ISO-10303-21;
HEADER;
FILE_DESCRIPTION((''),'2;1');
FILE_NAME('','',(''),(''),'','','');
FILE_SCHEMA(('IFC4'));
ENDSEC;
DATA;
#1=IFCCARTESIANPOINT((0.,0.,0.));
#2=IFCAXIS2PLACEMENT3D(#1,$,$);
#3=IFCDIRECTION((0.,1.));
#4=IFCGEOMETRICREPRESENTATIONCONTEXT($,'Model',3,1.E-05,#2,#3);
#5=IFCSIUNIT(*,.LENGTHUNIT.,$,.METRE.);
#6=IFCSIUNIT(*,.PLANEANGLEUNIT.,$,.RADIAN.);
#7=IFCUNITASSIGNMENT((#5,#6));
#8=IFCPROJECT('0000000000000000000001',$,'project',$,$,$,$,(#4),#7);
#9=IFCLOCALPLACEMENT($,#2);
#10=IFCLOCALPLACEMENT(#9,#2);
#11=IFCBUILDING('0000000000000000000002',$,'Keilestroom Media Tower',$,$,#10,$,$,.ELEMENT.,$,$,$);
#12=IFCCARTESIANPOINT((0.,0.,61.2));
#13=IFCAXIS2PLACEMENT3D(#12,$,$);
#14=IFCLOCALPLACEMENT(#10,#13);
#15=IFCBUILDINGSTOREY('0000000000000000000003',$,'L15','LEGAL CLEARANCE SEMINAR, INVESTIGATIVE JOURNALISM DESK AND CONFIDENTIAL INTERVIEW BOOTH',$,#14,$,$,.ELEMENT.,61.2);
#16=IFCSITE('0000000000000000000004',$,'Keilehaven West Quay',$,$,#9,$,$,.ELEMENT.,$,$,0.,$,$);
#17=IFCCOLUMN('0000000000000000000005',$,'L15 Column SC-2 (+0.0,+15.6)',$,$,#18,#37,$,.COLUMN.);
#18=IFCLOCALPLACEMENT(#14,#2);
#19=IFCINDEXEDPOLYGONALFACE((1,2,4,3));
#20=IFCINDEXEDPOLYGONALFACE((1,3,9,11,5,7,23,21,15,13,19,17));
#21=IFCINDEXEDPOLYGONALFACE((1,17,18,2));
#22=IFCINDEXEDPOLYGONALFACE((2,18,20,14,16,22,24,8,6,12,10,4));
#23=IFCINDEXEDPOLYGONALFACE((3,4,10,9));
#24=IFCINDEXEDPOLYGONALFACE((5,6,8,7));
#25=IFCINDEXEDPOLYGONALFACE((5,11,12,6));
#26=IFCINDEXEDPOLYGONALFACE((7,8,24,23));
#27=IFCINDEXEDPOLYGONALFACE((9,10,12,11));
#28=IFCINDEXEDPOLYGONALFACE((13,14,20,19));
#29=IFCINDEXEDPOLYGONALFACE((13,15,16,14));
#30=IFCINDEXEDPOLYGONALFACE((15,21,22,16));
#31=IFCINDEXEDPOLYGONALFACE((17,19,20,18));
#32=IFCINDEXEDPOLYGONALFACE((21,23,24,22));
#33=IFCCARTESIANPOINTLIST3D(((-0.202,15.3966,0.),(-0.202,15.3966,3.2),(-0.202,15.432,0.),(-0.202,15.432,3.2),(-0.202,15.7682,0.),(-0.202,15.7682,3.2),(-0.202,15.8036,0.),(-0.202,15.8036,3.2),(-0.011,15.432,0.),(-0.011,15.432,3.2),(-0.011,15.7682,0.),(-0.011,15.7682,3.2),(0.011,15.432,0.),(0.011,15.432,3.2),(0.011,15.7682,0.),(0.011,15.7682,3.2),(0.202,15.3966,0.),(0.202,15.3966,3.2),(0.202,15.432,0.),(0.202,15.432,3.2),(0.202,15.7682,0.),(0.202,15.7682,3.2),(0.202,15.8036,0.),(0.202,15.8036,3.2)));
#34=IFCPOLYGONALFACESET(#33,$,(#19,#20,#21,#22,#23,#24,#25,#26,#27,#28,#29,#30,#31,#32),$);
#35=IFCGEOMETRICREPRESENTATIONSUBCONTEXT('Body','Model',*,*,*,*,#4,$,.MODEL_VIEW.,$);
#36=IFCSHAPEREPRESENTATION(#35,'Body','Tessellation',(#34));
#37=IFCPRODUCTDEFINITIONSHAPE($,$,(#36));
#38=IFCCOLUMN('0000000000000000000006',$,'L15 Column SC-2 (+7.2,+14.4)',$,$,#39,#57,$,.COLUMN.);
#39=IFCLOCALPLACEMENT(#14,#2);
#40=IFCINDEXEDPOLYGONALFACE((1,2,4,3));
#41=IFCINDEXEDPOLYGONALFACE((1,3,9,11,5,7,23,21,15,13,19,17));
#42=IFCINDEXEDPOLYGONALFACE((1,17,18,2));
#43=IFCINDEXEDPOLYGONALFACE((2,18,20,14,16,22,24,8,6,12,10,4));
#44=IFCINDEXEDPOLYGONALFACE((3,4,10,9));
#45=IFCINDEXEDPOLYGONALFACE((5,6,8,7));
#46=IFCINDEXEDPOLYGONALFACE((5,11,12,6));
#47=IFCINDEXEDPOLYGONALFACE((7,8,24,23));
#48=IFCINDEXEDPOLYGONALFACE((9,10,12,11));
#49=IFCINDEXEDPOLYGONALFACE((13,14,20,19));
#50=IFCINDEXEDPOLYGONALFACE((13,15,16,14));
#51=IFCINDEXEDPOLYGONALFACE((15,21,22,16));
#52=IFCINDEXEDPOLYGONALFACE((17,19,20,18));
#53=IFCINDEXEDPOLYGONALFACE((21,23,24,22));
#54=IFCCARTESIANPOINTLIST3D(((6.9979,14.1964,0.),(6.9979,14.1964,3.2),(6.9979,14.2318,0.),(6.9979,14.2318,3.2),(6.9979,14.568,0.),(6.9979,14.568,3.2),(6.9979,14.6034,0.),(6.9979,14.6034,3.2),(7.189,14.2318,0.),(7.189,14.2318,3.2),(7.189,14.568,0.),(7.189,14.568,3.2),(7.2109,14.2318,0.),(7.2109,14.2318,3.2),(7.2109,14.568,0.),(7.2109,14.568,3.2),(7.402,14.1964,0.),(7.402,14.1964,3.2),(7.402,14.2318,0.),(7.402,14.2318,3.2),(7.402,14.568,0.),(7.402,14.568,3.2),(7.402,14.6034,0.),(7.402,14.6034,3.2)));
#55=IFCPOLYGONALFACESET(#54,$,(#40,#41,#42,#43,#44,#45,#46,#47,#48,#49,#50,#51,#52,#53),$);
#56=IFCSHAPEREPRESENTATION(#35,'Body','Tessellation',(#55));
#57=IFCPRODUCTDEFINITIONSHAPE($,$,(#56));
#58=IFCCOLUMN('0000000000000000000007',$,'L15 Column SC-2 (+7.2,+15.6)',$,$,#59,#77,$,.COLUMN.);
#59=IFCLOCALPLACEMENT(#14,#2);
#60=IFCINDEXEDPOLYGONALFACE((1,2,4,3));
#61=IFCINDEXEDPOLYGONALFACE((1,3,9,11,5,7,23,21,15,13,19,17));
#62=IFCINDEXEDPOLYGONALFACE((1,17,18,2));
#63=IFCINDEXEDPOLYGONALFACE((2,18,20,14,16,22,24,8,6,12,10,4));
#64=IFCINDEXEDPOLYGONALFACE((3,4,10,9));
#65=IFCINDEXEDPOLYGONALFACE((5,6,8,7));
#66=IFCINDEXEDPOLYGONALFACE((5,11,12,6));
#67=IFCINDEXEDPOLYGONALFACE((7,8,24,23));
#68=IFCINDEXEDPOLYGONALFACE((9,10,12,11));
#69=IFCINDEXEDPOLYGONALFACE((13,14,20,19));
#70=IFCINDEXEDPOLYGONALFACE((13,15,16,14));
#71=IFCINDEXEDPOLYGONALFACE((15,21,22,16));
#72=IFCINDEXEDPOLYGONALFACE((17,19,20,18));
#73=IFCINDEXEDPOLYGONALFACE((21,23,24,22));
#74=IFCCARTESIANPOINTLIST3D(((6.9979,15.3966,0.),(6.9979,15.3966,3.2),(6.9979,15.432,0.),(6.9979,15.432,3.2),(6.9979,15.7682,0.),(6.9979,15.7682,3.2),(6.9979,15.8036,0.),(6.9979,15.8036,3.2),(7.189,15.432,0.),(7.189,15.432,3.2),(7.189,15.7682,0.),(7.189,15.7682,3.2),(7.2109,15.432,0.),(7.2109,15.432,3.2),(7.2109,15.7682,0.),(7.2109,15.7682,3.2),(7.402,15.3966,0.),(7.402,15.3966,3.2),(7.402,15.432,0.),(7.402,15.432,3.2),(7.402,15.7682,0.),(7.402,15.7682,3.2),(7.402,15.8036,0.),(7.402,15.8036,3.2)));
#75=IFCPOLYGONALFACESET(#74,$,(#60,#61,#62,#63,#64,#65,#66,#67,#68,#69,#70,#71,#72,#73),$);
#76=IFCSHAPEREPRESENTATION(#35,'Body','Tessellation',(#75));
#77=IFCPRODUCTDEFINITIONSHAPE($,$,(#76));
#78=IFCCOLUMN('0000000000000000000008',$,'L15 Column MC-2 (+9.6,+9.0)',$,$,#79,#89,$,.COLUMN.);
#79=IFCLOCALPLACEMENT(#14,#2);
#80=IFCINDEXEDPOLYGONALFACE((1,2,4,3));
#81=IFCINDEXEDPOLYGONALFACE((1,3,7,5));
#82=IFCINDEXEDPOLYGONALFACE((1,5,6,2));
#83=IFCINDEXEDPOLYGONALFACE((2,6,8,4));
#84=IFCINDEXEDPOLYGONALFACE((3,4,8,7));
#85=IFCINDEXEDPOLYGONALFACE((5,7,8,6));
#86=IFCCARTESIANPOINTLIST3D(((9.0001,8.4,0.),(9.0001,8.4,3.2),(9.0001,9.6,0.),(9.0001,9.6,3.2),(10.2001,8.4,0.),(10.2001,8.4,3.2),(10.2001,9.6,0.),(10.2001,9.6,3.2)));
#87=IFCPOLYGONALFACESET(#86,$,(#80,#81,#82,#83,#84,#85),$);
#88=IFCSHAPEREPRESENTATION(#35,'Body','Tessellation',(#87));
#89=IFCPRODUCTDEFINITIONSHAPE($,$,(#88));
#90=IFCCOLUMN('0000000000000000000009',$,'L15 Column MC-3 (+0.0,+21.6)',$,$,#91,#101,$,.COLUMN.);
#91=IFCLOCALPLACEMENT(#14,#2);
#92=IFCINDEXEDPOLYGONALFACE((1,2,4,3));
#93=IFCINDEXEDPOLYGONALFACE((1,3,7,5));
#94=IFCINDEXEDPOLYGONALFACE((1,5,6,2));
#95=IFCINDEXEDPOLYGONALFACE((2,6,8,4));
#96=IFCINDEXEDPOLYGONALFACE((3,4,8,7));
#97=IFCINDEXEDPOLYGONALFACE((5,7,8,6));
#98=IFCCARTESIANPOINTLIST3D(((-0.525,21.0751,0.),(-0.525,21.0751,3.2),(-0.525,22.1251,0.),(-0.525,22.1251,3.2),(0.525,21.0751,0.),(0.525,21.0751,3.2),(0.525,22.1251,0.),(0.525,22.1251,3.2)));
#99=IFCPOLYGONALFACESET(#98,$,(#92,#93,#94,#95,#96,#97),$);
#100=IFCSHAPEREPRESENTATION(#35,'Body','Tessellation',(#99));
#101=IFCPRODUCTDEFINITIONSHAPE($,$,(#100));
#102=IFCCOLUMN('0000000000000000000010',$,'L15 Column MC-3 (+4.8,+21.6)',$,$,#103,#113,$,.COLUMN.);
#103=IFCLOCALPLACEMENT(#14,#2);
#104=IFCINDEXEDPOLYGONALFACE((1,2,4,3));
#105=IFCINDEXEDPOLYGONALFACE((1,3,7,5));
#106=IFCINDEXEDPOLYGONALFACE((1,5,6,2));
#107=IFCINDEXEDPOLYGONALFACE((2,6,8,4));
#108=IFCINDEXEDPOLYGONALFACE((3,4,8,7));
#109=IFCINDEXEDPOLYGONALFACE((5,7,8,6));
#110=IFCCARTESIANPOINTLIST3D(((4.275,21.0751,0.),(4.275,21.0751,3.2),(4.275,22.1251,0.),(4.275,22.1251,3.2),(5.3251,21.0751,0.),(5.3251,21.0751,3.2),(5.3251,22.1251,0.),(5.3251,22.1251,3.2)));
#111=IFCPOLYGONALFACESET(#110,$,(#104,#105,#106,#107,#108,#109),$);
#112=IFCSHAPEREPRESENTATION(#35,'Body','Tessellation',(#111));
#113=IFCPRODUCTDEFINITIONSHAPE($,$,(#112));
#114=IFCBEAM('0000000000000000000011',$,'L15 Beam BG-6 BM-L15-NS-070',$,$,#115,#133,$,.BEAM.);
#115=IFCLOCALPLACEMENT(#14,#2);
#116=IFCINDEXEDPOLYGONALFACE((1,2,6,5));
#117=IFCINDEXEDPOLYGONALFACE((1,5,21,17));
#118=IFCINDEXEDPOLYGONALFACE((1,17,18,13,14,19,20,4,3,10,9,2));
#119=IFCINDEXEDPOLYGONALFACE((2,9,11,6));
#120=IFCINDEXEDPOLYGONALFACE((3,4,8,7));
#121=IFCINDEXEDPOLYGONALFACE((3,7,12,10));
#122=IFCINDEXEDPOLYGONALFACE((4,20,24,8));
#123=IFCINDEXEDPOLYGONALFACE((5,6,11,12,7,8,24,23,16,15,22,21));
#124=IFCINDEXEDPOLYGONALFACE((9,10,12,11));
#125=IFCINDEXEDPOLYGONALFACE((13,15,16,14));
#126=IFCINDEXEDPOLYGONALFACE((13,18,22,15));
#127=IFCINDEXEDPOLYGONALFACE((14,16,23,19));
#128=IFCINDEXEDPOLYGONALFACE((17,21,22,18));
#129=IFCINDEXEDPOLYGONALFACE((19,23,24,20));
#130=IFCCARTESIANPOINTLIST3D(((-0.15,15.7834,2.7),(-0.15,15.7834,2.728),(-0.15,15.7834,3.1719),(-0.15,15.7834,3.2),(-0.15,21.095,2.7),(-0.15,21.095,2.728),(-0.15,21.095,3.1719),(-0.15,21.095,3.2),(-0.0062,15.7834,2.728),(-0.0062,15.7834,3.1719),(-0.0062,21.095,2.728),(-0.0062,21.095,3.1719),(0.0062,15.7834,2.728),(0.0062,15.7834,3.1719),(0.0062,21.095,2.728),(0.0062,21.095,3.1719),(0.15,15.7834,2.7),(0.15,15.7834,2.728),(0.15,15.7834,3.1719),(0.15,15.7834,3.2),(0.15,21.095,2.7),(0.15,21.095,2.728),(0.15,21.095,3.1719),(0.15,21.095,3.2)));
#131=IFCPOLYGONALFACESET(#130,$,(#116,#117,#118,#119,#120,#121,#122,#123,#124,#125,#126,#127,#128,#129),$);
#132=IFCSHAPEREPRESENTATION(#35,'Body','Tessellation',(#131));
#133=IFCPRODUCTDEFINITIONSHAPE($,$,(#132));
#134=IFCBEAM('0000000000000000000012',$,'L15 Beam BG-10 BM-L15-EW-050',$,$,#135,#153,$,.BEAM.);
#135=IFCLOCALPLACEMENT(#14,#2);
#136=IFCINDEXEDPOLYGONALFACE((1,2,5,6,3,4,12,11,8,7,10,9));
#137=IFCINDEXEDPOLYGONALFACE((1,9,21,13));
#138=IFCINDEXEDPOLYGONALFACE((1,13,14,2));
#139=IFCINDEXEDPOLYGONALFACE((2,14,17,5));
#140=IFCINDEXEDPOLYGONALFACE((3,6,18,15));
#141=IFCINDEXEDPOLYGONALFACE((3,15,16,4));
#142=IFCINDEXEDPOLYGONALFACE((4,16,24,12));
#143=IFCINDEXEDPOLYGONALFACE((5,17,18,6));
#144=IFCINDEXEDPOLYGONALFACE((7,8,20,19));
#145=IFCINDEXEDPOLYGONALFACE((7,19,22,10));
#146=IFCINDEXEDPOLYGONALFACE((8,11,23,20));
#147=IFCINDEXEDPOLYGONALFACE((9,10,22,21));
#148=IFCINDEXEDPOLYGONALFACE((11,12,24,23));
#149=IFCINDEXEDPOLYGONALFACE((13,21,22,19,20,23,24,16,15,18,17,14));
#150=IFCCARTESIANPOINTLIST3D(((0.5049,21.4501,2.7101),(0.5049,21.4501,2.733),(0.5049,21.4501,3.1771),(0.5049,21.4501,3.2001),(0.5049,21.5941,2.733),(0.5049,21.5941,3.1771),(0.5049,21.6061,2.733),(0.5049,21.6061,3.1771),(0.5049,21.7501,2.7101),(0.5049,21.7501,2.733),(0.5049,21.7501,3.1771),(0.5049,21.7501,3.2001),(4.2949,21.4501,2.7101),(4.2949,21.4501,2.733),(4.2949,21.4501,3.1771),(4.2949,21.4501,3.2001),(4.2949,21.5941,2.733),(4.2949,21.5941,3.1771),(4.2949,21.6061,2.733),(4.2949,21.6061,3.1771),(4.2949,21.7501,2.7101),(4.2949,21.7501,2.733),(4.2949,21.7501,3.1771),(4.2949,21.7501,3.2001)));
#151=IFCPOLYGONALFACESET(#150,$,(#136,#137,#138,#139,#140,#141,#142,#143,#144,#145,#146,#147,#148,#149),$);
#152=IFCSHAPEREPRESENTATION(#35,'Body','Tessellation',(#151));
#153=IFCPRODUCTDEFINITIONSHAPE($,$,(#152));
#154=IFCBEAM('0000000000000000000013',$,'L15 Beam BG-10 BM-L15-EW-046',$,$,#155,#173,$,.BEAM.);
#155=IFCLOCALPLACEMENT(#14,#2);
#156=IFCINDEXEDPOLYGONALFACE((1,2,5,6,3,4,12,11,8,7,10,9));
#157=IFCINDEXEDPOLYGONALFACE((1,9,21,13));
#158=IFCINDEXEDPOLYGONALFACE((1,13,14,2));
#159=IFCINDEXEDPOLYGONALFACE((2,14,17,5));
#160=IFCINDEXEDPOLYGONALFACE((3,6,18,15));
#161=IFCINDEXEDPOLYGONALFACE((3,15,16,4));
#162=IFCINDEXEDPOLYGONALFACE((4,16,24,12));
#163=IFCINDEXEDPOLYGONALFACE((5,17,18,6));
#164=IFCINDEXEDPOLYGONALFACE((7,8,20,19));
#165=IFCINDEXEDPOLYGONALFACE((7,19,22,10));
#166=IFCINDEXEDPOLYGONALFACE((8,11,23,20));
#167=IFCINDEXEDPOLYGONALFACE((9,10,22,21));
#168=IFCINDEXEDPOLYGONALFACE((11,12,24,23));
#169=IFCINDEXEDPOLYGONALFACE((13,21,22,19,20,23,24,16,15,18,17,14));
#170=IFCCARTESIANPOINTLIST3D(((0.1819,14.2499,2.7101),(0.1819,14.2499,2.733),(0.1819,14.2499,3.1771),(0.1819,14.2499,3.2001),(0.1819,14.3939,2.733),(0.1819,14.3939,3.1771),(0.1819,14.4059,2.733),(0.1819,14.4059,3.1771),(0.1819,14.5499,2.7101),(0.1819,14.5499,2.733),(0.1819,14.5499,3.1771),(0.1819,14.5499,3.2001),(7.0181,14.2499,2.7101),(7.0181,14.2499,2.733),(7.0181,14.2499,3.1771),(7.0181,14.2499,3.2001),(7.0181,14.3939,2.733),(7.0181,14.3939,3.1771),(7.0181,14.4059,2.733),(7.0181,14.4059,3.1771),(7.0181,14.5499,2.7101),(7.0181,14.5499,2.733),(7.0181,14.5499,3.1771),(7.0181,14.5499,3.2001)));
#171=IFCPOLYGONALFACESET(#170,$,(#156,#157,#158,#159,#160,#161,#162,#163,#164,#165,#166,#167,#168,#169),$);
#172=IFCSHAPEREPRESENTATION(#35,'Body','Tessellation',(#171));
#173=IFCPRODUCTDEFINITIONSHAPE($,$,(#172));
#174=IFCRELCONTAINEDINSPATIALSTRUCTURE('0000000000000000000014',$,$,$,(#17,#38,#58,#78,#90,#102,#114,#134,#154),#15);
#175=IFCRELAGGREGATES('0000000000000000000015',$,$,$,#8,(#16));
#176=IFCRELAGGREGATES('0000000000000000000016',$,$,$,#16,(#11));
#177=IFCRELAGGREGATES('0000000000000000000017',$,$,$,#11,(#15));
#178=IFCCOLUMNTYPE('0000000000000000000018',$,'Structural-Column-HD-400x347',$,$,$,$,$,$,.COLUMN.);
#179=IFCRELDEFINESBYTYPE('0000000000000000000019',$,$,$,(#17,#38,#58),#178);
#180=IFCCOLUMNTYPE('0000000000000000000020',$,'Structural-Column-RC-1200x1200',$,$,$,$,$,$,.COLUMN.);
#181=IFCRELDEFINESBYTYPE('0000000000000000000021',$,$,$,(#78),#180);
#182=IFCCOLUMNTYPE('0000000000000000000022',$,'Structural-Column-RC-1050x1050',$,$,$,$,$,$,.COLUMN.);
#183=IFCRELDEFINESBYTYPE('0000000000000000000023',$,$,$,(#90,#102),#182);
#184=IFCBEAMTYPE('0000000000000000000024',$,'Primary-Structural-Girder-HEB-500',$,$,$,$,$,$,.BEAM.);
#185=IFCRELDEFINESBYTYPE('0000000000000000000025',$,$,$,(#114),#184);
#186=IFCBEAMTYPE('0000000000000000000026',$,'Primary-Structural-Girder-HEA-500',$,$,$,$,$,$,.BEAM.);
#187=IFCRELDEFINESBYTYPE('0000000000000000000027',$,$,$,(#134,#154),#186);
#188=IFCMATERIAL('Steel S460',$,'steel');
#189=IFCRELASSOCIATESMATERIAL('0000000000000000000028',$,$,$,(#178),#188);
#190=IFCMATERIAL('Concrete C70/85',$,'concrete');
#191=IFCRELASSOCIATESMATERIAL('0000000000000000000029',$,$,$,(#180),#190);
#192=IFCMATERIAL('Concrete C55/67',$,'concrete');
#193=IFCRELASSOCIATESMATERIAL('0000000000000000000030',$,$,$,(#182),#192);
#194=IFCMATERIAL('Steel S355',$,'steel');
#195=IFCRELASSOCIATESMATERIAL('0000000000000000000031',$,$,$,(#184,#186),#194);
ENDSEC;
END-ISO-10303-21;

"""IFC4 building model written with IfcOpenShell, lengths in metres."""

from ifc_helpers import new_model, si_unit, direction, frame, origin, origin_2d, place, context, subcontext, project, spatial, rectangle, i_section, extrude, source, transform, mapped, material, material_profile, profile_set, type_object, element, save


model = new_model("IFC4")

# Units and contexts
model_context = context("Model", 3, precision=1e-05, world=origin(), true_north=direction((0.0, 1.0)))
body_context = subcontext(model_context, "Body", "Model", "MODEL_VIEW")
ifc_project = project(units=[si_unit("LENGTHUNIT", "METRE"), si_unit("PLANEANGLEUNIT", "RADIAN")], contexts=[model_context])

# Site, building, storey
site_placement = place(None, origin())
site = spatial("IfcSite", under=ifc_project, at=site_placement, Name="Keilehaven West Quay", CompositionType="ELEMENT", RefElevation=0.0)
building_placement = place(site_placement, origin())
building = spatial("IfcBuilding", under=site, at=building_placement, Name="Keilestroom Media Tower", CompositionType="ELEMENT")
storey_placement = place(building_placement, frame((0.0, 0.0, 61.2)))
storey = spatial("IfcBuildingStorey", under=building, at=storey_placement, Name="L15", Description="LEGAL CLEARANCE SEMINAR, INVESTIGATIVE JOURNALISM DESK AND CONFIDENTIAL INTERVIEW BOOTH", CompositionType="ELEMENT", Elevation=61.2)

# Columns
ifc_material_1 = material(Name="Steel S460", Category="steel")
ifc_material_profile_1 = material_profile(ifc_material_1, i_section(OverallWidth=0.4041, OverallDepth=0.407, WebThickness=0.022, FlangeThickness=0.0354, at=origin_2d()), Name="HD 400x347")
ifc_profile_set_1 = profile_set([ifc_material_profile_1], Name="Steel S460")
column_type_1 = type_object("IfcColumnType", Name="Structural-Column-HD-400x347", PredefinedType="COLUMN", material=ifc_profile_set_1)
shared_shape_1 = source(origin(), body_context, "Body", "SweptSolid", [
    extrude(i_section(OverallWidth=0.4041, OverallDepth=0.407, WebThickness=0.022, FlangeThickness=0.0354, at=origin_2d()), origin(), (0.0, 0.0, 1.0), 3.2),
])
for number, where, z_axis, x_axis, name in (
    (1, (0.0, 15.6001, 0.0), (0.0, 0.0, 1.0), (1.0, 0.0, 0.0), "L15 Column SC-2 (+0.0,+15.6)"),
    (2, (7.2, 14.3999, 0.0), (0.0, 0.0, 1.0), (1.0, 0.0, 0.0), "L15 Column SC-2 (+7.2,+14.4)"),
    (3, (7.2, 15.6001, 0.0), (0.0, 0.0, 1.0), (1.0, 0.0, 0.0), "L15 Column SC-2 (+7.2,+15.6)"),
):
    element("IfcColumn", number, at=place(storey_placement, frame(where, z_axis=z_axis, x_axis=x_axis)), inside=storey, type_object=column_type_1, Name=name, PredefinedType="COLUMN", context=body_context, shape_type="MappedRepresentation", body=[
        mapped(shared_shape_1, transform((0.0, 0.0, 0.0), x_axis=(1.0, 0.0, 0.0), y_axis=(0.0, 1.0, 0.0), z_axis=(0.0, 0.0, 1.0), scale=1.0)),
    ])
ifc_material_2 = material(Name="Concrete C70/85", Category="concrete")
ifc_material_profile_2 = material_profile(ifc_material_2, rectangle(XDim=1.2, YDim=1.2, at=origin_2d()), Name="RC 1200x1200")
ifc_profile_set_2 = profile_set([ifc_material_profile_2], Name="Concrete C70/85")
column_type_2 = type_object("IfcColumnType", Name="Structural-Column-RC-1200x1200", PredefinedType="COLUMN", material=ifc_profile_set_2)
shared_shape_2 = source(origin(), body_context, "Body", "SweptSolid", [
    extrude(rectangle(XDim=1.2, YDim=1.2, at=origin_2d()), origin(), (0.0, 0.0, 1.0), 3.2),
])
column_placement = place(storey_placement, frame((9.6001, 9.0, 0.0), z_axis=(0.0, 0.0, 1.0), x_axis=(1.0, 0.0, 0.0)))
element("IfcColumn", 4, at=column_placement, inside=storey, type_object=column_type_2, Name="L15 Column MC-2 (+9.6,+9.0)", PredefinedType="COLUMN", context=body_context, shape_type="MappedRepresentation", body=[
    mapped(shared_shape_2, transform((0.0, 0.0, 0.0), x_axis=(1.0, 0.0, 0.0), y_axis=(0.0, 1.0, 0.0), z_axis=(0.0, 0.0, 1.0), scale=1.0)),
])
ifc_material_3 = material(Name="Concrete C55/67", Category="concrete")
ifc_material_profile_3 = material_profile(ifc_material_3, rectangle(XDim=1.05, YDim=1.05, at=origin_2d()), Name="RC 1050x1050")
ifc_profile_set_3 = profile_set([ifc_material_profile_3], Name="Concrete C55/67")
column_type_3 = type_object("IfcColumnType", Name="Structural-Column-RC-1050x1050", PredefinedType="COLUMN", material=ifc_profile_set_3)
shared_shape_3 = source(origin(), body_context, "Body", "SweptSolid", [
    extrude(rectangle(XDim=1.05, YDim=1.05, at=origin_2d()), origin(), (0.0, 0.0, 1.0), 3.2),
])
for number, where, z_axis, x_axis, name in (
    (5, (0.0, 21.6001, 0.0), (0.0, 0.0, 1.0), (1.0, 0.0, 0.0), "L15 Column MC-3 (+0.0,+21.6)"),
    (6, (4.8, 21.6001, 0.0), (0.0, 0.0, 1.0), (1.0, 0.0, 0.0), "L15 Column MC-3 (+4.8,+21.6)"),
):
    element("IfcColumn", number, at=place(storey_placement, frame(where, z_axis=z_axis, x_axis=x_axis)), inside=storey, type_object=column_type_3, Name=name, PredefinedType="COLUMN", context=body_context, shape_type="MappedRepresentation", body=[
        mapped(shared_shape_3, transform((0.0, 0.0, 0.0), x_axis=(1.0, 0.0, 0.0), y_axis=(0.0, 1.0, 0.0), z_axis=(0.0, 0.0, 1.0), scale=1.0)),
    ])

# Beams
ifc_material_4 = material(Name="Steel S355", Category="steel")
ifc_material_profile_4 = material_profile(ifc_material_4, i_section(OverallWidth=0.3, OverallDepth=0.5, WebThickness=0.0125, FlangeThickness=0.0281, at=origin_2d()), Name="HEB 500")
ifc_profile_set_4 = profile_set([ifc_material_profile_4], Name="Steel S355")
beam_type_1 = type_object("IfcBeamType", Name="Primary-Structural-Girder-HEB-500", PredefinedType="BEAM", material=ifc_profile_set_4)
shared_shape_4 = source(origin(), body_context, "Body", "SweptSolid", [
    extrude(i_section(OverallWidth=0.3, OverallDepth=0.5, WebThickness=0.0125, FlangeThickness=0.0281, at=origin_2d()), origin(), (0.0, 0.0, 1.0), 5.3115),
])
beam_1_placement = place(storey_placement, frame((0.0, 15.7834, 2.95), z_axis=(0.0, 1.0, 0.0), x_axis=(-1.0, 0.0, 0.0)))
element("IfcBeam", 7, at=beam_1_placement, inside=storey, type_object=beam_type_1, Name="L15 Beam BG-6 BM-L15-NS-070", PredefinedType="BEAM", context=body_context, shape_type="MappedRepresentation", body=[
    mapped(shared_shape_4, transform((0.0, 0.0, 0.0), x_axis=(1.0, 0.0, 0.0), y_axis=(0.0, 1.0, 0.0), z_axis=(0.0, 0.0, 1.0), scale=1.0)),
])
ifc_material_profile_5 = material_profile(ifc_material_4, i_section(OverallWidth=0.3, OverallDepth=0.49, WebThickness=0.012, FlangeThickness=0.0229, at=origin_2d()), Name="HEA 500")
ifc_profile_set_5 = profile_set([ifc_material_profile_5], Name="Steel S355")
beam_type_2 = type_object("IfcBeamType", Name="Primary-Structural-Girder-HEA-500", PredefinedType="BEAM", material=ifc_profile_set_5)
shared_shape_5 = source(origin(), body_context, "Body", "SweptSolid", [
    extrude(i_section(OverallWidth=0.3, OverallDepth=0.49, WebThickness=0.012, FlangeThickness=0.0229, at=origin_2d()), origin(), (0.0, 0.0, 1.0), 3.79),
])
beam_2_placement = place(storey_placement, frame((0.5049, 21.6001, 2.9551), z_axis=(1.0, 0.0, 0.0), x_axis=(0.0, 1.0, 0.0)))
element("IfcBeam", 8, at=beam_2_placement, inside=storey, type_object=beam_type_2, Name="L15 Beam BG-10 BM-L15-EW-050", PredefinedType="BEAM", context=body_context, shape_type="MappedRepresentation", body=[
    mapped(shared_shape_5, transform((0.0, 0.0, 0.0), x_axis=(1.0, 0.0, 0.0), y_axis=(0.0, 1.0, 0.0), z_axis=(0.0, 0.0, 1.0), scale=1.0)),
])
shared_shape_6 = source(origin(), body_context, "Body", "SweptSolid", [
    extrude(i_section(OverallWidth=0.3, OverallDepth=0.49, WebThickness=0.012, FlangeThickness=0.0229, at=origin_2d()), origin(), (0.0, 0.0, 1.0), 6.8362),
])
for number, where, z_axis, x_axis, name in (
    (9, (0.1819, 14.3999, 2.9551), (1.0, 0.0, 0.0), (0.0, 1.0, 0.0), "L15 Beam BG-10 BM-L15-EW-046"),
):
    element("IfcBeam", number, at=place(storey_placement, frame(where, z_axis=z_axis, x_axis=x_axis)), inside=storey, type_object=beam_type_2, Name=name, PredefinedType="BEAM", context=body_context, shape_type="MappedRepresentation", body=[
        mapped(shared_shape_6, transform((0.0, 0.0, 0.0), x_axis=(1.0, 0.0, 0.0), y_axis=(0.0, 1.0, 0.0), z_axis=(0.0, 0.0, 1.0), scale=1.0)),
    ])

save(model, "model.ifc")
